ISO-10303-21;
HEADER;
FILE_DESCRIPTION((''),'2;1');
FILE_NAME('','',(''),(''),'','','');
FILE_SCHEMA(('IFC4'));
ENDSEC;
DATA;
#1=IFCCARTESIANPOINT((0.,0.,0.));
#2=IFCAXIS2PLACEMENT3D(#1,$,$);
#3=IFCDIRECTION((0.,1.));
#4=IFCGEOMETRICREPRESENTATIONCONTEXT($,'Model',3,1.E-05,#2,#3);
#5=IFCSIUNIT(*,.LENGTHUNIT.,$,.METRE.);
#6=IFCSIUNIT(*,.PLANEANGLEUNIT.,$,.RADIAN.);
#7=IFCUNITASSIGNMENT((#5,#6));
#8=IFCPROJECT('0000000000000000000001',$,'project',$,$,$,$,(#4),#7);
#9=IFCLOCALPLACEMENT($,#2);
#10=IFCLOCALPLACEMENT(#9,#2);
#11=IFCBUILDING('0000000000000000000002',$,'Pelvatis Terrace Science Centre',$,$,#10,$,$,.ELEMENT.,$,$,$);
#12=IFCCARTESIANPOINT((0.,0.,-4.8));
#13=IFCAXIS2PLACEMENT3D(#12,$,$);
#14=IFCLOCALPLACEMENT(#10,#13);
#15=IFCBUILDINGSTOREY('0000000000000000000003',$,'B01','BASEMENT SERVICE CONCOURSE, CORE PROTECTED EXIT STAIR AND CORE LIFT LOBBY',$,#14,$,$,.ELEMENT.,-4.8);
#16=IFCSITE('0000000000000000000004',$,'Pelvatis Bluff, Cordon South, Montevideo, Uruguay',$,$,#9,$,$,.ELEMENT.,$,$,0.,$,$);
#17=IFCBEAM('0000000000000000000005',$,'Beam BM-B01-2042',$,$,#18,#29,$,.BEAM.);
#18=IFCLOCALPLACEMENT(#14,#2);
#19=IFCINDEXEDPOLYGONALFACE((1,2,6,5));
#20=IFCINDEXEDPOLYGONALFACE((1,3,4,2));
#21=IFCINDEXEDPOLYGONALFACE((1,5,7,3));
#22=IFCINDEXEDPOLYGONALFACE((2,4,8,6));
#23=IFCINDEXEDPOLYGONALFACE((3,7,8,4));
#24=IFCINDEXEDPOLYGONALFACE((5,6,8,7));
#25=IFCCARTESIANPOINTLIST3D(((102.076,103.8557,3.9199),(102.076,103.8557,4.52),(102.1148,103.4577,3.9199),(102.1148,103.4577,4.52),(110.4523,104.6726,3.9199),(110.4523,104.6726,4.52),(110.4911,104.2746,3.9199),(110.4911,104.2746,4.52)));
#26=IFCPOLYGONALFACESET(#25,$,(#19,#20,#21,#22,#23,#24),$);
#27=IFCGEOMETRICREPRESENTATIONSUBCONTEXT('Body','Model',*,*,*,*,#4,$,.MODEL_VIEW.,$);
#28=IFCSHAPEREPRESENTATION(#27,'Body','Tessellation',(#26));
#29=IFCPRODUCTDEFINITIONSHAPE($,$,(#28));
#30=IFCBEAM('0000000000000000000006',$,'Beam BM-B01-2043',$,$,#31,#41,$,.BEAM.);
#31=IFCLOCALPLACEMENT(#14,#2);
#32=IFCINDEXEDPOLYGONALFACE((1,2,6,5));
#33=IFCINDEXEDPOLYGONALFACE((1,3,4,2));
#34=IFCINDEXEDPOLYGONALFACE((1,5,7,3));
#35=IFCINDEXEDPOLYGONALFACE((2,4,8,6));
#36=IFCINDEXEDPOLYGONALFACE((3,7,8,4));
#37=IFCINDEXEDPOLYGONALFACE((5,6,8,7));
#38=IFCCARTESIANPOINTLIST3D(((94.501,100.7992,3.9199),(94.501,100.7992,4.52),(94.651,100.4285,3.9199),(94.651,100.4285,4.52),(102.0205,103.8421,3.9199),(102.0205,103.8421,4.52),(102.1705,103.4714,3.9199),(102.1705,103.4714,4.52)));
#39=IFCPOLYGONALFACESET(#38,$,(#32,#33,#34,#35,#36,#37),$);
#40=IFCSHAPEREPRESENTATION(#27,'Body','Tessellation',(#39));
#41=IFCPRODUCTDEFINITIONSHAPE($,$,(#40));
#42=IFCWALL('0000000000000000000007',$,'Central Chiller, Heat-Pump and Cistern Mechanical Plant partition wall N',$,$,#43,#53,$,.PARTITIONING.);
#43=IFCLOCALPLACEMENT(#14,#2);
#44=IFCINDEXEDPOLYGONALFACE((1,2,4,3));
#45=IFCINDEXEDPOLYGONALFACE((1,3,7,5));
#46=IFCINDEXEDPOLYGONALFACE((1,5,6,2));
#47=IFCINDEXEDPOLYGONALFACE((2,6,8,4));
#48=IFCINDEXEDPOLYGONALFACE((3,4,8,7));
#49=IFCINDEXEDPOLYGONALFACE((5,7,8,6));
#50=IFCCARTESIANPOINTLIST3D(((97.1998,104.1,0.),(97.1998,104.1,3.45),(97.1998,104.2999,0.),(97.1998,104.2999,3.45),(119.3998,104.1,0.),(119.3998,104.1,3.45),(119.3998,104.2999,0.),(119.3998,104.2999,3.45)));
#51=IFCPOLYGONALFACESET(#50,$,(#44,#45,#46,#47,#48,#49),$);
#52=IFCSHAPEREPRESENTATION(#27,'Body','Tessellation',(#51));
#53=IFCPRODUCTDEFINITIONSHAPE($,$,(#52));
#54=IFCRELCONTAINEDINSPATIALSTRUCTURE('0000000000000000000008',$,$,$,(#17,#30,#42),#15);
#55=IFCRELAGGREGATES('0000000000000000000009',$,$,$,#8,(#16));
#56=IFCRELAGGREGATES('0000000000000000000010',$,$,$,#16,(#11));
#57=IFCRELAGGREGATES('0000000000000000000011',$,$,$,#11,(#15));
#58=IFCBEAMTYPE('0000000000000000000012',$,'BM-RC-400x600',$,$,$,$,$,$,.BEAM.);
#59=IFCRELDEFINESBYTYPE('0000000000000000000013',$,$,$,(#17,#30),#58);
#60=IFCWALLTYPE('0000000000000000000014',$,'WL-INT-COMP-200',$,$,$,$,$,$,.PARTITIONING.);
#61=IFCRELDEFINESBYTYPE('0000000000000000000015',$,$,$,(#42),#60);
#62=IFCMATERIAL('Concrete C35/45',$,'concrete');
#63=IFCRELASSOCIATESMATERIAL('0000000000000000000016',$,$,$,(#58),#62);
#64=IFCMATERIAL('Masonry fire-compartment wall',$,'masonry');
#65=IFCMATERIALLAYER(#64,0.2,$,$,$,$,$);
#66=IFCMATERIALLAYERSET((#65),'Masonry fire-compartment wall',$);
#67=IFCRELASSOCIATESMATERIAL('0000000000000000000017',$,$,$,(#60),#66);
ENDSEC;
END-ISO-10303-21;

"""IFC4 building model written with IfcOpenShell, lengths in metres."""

from ifc_helpers import new_model, si_unit, direction, frame, frame_2d, origin, origin_2d, place, context, subcontext, project, spatial, rectangle, extrude, material, layer, layer_set, material_profile, profile_set, type_object, element, save


model = new_model("IFC4")

# Units and contexts
model_context = context("Model", 3, precision=1e-05, world=origin(), true_north=direction((0.0, 1.0)))
body_context = subcontext(model_context, "Body", "Model", "MODEL_VIEW")
ifc_project = project(units=[si_unit("LENGTHUNIT", "METRE"), si_unit("PLANEANGLEUNIT", "RADIAN")], contexts=[model_context])

# Site, building, storey
site_placement = place(None, origin())
site = spatial("IfcSite", under=ifc_project, at=site_placement, Name="Pelvatis Bluff, Cordon South, Montevideo, Uruguay", CompositionType="ELEMENT", RefElevation=0.0)
building_placement = place(site_placement, origin())
building = spatial("IfcBuilding", under=site, at=building_placement, Name="Pelvatis Terrace Science Centre", CompositionType="ELEMENT")
storey_placement = place(building_placement, frame((0.0, 0.0, -4.8)))
storey = spatial("IfcBuildingStorey", under=building, at=storey_placement, Name="B01", Description="BASEMENT SERVICE CONCOURSE, CORE PROTECTED EXIT STAIR AND CORE LIFT LOBBY", CompositionType="ELEMENT", Elevation=-4.8)

# Beams
ifc_material_1 = material(Name="Concrete C35/45", Category="concrete")
ifc_material_profile_1 = material_profile(ifc_material_1, rectangle(XDim=0.3999, YDim=0.6001, at=origin_2d()), Name="RC-BM 400x600")
ifc_profile_set_1 = profile_set([ifc_material_profile_1], Name="Concrete C35/45")
beam_type_1 = type_object("IfcBeamType", Name="BM-RC-400x600", PredefinedType="BEAM", material=ifc_profile_set_1)
beam_1_placement = place(storey_placement, frame((110.4717, 104.4736, 4.22), z_axis=(-0.995278, -0.097065, 0.0), x_axis=(0.097065, -0.995278, 0.0)))
element("IfcBeam", 1, at=beam_1_placement, inside=storey, type_object=beam_type_1, Name="Beam BM-B01-2042", PredefinedType="BEAM", context=body_context, shape_type="SweptSolid", body=[
    extrude(rectangle(XDim=0.3999, YDim=0.6001, at=origin_2d()), origin(), (0.0, 0.0, 1.0), 8.416),
])
beam_2_placement = place(storey_placement, frame((102.0955, 103.6567, 4.22), z_axis=(-0.926975, -0.375124, 0.0), x_axis=(0.375124, -0.926975, 0.0)))
element("IfcBeam", 2, at=beam_2_placement, inside=storey, type_object=beam_type_1, Name="Beam BM-B01-2043", PredefinedType="BEAM", context=body_context, shape_type="SweptSolid", body=[
    extrude(rectangle(XDim=0.3999, YDim=0.6001, at=origin_2d()), origin(), (0.0, 0.0, 1.0), 8.1118),
])

# Wall
ifc_material_2 = material(Name="Masonry fire-compartment wall", Category="masonry")
ifc_layer = layer(ifc_material_2, 0.2)
ifc_layer_set = layer_set([ifc_layer], Name="Masonry fire-compartment wall")
wall_type = type_object("IfcWallType", Name="WL-INT-COMP-200", PredefinedType="PARTITIONING", material=ifc_layer_set)
wall_placement = place(storey_placement, frame((119.3999, 104.2, 0.0), z_axis=(0.0, 0.0, 1.0), x_axis=(-1.0, 0.0, 0.0)))
element("IfcWall", 3, at=wall_placement, inside=storey, type_object=wall_type, Name="Central Chiller, Heat-Pump and Cistern Mechanical Plant partition wall N", PredefinedType="PARTITIONING", context=body_context, shape_type="SweptSolid", body=[
    extrude(rectangle(XDim=22.2, YDim=0.2, at=frame_2d((11.1001, 0.0))), origin(), (0.0, 0.0, 1.0), 3.45),
])

save(model, "model.ifc")
